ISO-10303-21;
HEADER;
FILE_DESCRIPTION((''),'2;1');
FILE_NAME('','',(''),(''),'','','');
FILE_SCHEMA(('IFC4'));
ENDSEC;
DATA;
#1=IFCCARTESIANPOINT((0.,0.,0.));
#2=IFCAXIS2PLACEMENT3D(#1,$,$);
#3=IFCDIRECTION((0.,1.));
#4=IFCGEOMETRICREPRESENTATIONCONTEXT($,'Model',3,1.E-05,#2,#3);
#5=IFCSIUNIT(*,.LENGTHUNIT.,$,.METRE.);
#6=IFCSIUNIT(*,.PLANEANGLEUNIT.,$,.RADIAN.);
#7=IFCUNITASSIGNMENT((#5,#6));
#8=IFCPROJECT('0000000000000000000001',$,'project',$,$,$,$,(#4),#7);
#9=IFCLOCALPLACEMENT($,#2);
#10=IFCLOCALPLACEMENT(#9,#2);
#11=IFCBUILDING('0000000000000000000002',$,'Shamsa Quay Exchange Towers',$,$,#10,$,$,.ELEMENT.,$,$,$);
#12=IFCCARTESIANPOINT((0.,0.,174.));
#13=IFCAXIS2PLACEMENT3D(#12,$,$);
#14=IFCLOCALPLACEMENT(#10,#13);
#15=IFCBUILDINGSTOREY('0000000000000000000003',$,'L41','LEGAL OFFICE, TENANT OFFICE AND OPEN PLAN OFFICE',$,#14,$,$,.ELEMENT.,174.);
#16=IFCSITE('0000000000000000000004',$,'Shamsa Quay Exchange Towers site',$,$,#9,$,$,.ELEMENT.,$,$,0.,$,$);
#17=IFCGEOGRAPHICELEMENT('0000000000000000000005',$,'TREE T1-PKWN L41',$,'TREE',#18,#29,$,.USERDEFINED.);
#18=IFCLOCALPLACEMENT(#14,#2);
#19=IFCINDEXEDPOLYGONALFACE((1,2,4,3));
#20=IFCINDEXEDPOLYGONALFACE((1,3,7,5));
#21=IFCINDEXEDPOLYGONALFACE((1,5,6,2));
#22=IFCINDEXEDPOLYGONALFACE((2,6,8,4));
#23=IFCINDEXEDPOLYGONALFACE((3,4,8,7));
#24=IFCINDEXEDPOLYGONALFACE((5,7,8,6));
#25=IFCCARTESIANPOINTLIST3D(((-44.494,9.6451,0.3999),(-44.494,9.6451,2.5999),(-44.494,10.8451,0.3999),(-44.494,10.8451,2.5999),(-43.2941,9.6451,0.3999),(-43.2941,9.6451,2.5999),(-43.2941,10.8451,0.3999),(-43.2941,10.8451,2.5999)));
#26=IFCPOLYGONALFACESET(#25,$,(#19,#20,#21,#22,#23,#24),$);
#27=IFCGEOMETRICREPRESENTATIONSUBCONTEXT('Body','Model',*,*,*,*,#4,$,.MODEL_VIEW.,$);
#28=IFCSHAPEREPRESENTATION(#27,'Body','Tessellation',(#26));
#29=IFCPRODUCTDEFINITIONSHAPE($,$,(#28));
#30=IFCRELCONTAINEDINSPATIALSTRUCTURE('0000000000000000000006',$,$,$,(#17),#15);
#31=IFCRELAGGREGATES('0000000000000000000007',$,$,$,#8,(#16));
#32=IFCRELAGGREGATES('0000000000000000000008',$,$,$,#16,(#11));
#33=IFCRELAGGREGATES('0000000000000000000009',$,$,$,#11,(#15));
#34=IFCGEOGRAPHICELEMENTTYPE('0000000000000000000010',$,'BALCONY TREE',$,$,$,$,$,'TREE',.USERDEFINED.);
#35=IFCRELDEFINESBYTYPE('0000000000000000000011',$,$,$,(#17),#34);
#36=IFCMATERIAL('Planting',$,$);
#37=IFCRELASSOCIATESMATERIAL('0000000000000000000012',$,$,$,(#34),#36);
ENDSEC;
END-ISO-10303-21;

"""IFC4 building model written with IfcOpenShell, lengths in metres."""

from ifc_helpers import new_model, si_unit, direction, frame, origin, origin_2d, place, context, subcontext, project, spatial, rectangle, extrude, material, type_object, element, save


model = new_model("IFC4")

# Units and contexts
model_context = context("Model", 3, precision=1e-05, world=origin(), true_north=direction((0.0, 1.0)))
body_context = subcontext(model_context, "Body", "Model", "MODEL_VIEW")
ifc_project = project(units=[si_unit("LENGTHUNIT", "METRE"), si_unit("PLANEANGLEUNIT", "RADIAN")], contexts=[model_context])

# Site, building, storey
site_placement = place(None, origin())
site = spatial("IfcSite", under=ifc_project, at=site_placement, Name="Shamsa Quay Exchange Towers site", CompositionType="ELEMENT", RefElevation=0.0)
building_placement = place(site_placement, origin())
building = spatial("IfcBuilding", under=site, at=building_placement, Name="Shamsa Quay Exchange Towers", CompositionType="ELEMENT")
storey_placement = place(building_placement, frame((0.0, 0.0, 174.0)))
storey = spatial("IfcBuildingStorey", under=building, at=storey_placement, Name="L41", Description="LEGAL OFFICE, TENANT OFFICE AND OPEN PLAN OFFICE", CompositionType="ELEMENT", Elevation=174.0)

# Geographic element
ifc_material_1 = material(Name="Planting")
geographic_element_type = type_object("IfcGeographicElementType", Name="BALCONY TREE", ElementType="TREE", PredefinedType="USERDEFINED", material=ifc_material_1)
geographic_element_placement = place(storey_placement, frame((-43.894, 10.2451, 0.3999), z_axis=(0.0, 0.0, 1.0), x_axis=(-1.0, 0.0, 0.0)))
element("IfcGeographicElement", 1, at=geographic_element_placement, inside=storey, type_object=geographic_element_type, Name="TREE T1-PKWN L41", ObjectType="TREE", PredefinedType="USERDEFINED", context=body_context, shape_type="SweptSolid", body=[
    extrude(rectangle(XDim=1.2, YDim=1.2, at=origin_2d()), origin(), (0.0, 0.0, 1.0), 2.2),
])

save(model, "model.ifc")
